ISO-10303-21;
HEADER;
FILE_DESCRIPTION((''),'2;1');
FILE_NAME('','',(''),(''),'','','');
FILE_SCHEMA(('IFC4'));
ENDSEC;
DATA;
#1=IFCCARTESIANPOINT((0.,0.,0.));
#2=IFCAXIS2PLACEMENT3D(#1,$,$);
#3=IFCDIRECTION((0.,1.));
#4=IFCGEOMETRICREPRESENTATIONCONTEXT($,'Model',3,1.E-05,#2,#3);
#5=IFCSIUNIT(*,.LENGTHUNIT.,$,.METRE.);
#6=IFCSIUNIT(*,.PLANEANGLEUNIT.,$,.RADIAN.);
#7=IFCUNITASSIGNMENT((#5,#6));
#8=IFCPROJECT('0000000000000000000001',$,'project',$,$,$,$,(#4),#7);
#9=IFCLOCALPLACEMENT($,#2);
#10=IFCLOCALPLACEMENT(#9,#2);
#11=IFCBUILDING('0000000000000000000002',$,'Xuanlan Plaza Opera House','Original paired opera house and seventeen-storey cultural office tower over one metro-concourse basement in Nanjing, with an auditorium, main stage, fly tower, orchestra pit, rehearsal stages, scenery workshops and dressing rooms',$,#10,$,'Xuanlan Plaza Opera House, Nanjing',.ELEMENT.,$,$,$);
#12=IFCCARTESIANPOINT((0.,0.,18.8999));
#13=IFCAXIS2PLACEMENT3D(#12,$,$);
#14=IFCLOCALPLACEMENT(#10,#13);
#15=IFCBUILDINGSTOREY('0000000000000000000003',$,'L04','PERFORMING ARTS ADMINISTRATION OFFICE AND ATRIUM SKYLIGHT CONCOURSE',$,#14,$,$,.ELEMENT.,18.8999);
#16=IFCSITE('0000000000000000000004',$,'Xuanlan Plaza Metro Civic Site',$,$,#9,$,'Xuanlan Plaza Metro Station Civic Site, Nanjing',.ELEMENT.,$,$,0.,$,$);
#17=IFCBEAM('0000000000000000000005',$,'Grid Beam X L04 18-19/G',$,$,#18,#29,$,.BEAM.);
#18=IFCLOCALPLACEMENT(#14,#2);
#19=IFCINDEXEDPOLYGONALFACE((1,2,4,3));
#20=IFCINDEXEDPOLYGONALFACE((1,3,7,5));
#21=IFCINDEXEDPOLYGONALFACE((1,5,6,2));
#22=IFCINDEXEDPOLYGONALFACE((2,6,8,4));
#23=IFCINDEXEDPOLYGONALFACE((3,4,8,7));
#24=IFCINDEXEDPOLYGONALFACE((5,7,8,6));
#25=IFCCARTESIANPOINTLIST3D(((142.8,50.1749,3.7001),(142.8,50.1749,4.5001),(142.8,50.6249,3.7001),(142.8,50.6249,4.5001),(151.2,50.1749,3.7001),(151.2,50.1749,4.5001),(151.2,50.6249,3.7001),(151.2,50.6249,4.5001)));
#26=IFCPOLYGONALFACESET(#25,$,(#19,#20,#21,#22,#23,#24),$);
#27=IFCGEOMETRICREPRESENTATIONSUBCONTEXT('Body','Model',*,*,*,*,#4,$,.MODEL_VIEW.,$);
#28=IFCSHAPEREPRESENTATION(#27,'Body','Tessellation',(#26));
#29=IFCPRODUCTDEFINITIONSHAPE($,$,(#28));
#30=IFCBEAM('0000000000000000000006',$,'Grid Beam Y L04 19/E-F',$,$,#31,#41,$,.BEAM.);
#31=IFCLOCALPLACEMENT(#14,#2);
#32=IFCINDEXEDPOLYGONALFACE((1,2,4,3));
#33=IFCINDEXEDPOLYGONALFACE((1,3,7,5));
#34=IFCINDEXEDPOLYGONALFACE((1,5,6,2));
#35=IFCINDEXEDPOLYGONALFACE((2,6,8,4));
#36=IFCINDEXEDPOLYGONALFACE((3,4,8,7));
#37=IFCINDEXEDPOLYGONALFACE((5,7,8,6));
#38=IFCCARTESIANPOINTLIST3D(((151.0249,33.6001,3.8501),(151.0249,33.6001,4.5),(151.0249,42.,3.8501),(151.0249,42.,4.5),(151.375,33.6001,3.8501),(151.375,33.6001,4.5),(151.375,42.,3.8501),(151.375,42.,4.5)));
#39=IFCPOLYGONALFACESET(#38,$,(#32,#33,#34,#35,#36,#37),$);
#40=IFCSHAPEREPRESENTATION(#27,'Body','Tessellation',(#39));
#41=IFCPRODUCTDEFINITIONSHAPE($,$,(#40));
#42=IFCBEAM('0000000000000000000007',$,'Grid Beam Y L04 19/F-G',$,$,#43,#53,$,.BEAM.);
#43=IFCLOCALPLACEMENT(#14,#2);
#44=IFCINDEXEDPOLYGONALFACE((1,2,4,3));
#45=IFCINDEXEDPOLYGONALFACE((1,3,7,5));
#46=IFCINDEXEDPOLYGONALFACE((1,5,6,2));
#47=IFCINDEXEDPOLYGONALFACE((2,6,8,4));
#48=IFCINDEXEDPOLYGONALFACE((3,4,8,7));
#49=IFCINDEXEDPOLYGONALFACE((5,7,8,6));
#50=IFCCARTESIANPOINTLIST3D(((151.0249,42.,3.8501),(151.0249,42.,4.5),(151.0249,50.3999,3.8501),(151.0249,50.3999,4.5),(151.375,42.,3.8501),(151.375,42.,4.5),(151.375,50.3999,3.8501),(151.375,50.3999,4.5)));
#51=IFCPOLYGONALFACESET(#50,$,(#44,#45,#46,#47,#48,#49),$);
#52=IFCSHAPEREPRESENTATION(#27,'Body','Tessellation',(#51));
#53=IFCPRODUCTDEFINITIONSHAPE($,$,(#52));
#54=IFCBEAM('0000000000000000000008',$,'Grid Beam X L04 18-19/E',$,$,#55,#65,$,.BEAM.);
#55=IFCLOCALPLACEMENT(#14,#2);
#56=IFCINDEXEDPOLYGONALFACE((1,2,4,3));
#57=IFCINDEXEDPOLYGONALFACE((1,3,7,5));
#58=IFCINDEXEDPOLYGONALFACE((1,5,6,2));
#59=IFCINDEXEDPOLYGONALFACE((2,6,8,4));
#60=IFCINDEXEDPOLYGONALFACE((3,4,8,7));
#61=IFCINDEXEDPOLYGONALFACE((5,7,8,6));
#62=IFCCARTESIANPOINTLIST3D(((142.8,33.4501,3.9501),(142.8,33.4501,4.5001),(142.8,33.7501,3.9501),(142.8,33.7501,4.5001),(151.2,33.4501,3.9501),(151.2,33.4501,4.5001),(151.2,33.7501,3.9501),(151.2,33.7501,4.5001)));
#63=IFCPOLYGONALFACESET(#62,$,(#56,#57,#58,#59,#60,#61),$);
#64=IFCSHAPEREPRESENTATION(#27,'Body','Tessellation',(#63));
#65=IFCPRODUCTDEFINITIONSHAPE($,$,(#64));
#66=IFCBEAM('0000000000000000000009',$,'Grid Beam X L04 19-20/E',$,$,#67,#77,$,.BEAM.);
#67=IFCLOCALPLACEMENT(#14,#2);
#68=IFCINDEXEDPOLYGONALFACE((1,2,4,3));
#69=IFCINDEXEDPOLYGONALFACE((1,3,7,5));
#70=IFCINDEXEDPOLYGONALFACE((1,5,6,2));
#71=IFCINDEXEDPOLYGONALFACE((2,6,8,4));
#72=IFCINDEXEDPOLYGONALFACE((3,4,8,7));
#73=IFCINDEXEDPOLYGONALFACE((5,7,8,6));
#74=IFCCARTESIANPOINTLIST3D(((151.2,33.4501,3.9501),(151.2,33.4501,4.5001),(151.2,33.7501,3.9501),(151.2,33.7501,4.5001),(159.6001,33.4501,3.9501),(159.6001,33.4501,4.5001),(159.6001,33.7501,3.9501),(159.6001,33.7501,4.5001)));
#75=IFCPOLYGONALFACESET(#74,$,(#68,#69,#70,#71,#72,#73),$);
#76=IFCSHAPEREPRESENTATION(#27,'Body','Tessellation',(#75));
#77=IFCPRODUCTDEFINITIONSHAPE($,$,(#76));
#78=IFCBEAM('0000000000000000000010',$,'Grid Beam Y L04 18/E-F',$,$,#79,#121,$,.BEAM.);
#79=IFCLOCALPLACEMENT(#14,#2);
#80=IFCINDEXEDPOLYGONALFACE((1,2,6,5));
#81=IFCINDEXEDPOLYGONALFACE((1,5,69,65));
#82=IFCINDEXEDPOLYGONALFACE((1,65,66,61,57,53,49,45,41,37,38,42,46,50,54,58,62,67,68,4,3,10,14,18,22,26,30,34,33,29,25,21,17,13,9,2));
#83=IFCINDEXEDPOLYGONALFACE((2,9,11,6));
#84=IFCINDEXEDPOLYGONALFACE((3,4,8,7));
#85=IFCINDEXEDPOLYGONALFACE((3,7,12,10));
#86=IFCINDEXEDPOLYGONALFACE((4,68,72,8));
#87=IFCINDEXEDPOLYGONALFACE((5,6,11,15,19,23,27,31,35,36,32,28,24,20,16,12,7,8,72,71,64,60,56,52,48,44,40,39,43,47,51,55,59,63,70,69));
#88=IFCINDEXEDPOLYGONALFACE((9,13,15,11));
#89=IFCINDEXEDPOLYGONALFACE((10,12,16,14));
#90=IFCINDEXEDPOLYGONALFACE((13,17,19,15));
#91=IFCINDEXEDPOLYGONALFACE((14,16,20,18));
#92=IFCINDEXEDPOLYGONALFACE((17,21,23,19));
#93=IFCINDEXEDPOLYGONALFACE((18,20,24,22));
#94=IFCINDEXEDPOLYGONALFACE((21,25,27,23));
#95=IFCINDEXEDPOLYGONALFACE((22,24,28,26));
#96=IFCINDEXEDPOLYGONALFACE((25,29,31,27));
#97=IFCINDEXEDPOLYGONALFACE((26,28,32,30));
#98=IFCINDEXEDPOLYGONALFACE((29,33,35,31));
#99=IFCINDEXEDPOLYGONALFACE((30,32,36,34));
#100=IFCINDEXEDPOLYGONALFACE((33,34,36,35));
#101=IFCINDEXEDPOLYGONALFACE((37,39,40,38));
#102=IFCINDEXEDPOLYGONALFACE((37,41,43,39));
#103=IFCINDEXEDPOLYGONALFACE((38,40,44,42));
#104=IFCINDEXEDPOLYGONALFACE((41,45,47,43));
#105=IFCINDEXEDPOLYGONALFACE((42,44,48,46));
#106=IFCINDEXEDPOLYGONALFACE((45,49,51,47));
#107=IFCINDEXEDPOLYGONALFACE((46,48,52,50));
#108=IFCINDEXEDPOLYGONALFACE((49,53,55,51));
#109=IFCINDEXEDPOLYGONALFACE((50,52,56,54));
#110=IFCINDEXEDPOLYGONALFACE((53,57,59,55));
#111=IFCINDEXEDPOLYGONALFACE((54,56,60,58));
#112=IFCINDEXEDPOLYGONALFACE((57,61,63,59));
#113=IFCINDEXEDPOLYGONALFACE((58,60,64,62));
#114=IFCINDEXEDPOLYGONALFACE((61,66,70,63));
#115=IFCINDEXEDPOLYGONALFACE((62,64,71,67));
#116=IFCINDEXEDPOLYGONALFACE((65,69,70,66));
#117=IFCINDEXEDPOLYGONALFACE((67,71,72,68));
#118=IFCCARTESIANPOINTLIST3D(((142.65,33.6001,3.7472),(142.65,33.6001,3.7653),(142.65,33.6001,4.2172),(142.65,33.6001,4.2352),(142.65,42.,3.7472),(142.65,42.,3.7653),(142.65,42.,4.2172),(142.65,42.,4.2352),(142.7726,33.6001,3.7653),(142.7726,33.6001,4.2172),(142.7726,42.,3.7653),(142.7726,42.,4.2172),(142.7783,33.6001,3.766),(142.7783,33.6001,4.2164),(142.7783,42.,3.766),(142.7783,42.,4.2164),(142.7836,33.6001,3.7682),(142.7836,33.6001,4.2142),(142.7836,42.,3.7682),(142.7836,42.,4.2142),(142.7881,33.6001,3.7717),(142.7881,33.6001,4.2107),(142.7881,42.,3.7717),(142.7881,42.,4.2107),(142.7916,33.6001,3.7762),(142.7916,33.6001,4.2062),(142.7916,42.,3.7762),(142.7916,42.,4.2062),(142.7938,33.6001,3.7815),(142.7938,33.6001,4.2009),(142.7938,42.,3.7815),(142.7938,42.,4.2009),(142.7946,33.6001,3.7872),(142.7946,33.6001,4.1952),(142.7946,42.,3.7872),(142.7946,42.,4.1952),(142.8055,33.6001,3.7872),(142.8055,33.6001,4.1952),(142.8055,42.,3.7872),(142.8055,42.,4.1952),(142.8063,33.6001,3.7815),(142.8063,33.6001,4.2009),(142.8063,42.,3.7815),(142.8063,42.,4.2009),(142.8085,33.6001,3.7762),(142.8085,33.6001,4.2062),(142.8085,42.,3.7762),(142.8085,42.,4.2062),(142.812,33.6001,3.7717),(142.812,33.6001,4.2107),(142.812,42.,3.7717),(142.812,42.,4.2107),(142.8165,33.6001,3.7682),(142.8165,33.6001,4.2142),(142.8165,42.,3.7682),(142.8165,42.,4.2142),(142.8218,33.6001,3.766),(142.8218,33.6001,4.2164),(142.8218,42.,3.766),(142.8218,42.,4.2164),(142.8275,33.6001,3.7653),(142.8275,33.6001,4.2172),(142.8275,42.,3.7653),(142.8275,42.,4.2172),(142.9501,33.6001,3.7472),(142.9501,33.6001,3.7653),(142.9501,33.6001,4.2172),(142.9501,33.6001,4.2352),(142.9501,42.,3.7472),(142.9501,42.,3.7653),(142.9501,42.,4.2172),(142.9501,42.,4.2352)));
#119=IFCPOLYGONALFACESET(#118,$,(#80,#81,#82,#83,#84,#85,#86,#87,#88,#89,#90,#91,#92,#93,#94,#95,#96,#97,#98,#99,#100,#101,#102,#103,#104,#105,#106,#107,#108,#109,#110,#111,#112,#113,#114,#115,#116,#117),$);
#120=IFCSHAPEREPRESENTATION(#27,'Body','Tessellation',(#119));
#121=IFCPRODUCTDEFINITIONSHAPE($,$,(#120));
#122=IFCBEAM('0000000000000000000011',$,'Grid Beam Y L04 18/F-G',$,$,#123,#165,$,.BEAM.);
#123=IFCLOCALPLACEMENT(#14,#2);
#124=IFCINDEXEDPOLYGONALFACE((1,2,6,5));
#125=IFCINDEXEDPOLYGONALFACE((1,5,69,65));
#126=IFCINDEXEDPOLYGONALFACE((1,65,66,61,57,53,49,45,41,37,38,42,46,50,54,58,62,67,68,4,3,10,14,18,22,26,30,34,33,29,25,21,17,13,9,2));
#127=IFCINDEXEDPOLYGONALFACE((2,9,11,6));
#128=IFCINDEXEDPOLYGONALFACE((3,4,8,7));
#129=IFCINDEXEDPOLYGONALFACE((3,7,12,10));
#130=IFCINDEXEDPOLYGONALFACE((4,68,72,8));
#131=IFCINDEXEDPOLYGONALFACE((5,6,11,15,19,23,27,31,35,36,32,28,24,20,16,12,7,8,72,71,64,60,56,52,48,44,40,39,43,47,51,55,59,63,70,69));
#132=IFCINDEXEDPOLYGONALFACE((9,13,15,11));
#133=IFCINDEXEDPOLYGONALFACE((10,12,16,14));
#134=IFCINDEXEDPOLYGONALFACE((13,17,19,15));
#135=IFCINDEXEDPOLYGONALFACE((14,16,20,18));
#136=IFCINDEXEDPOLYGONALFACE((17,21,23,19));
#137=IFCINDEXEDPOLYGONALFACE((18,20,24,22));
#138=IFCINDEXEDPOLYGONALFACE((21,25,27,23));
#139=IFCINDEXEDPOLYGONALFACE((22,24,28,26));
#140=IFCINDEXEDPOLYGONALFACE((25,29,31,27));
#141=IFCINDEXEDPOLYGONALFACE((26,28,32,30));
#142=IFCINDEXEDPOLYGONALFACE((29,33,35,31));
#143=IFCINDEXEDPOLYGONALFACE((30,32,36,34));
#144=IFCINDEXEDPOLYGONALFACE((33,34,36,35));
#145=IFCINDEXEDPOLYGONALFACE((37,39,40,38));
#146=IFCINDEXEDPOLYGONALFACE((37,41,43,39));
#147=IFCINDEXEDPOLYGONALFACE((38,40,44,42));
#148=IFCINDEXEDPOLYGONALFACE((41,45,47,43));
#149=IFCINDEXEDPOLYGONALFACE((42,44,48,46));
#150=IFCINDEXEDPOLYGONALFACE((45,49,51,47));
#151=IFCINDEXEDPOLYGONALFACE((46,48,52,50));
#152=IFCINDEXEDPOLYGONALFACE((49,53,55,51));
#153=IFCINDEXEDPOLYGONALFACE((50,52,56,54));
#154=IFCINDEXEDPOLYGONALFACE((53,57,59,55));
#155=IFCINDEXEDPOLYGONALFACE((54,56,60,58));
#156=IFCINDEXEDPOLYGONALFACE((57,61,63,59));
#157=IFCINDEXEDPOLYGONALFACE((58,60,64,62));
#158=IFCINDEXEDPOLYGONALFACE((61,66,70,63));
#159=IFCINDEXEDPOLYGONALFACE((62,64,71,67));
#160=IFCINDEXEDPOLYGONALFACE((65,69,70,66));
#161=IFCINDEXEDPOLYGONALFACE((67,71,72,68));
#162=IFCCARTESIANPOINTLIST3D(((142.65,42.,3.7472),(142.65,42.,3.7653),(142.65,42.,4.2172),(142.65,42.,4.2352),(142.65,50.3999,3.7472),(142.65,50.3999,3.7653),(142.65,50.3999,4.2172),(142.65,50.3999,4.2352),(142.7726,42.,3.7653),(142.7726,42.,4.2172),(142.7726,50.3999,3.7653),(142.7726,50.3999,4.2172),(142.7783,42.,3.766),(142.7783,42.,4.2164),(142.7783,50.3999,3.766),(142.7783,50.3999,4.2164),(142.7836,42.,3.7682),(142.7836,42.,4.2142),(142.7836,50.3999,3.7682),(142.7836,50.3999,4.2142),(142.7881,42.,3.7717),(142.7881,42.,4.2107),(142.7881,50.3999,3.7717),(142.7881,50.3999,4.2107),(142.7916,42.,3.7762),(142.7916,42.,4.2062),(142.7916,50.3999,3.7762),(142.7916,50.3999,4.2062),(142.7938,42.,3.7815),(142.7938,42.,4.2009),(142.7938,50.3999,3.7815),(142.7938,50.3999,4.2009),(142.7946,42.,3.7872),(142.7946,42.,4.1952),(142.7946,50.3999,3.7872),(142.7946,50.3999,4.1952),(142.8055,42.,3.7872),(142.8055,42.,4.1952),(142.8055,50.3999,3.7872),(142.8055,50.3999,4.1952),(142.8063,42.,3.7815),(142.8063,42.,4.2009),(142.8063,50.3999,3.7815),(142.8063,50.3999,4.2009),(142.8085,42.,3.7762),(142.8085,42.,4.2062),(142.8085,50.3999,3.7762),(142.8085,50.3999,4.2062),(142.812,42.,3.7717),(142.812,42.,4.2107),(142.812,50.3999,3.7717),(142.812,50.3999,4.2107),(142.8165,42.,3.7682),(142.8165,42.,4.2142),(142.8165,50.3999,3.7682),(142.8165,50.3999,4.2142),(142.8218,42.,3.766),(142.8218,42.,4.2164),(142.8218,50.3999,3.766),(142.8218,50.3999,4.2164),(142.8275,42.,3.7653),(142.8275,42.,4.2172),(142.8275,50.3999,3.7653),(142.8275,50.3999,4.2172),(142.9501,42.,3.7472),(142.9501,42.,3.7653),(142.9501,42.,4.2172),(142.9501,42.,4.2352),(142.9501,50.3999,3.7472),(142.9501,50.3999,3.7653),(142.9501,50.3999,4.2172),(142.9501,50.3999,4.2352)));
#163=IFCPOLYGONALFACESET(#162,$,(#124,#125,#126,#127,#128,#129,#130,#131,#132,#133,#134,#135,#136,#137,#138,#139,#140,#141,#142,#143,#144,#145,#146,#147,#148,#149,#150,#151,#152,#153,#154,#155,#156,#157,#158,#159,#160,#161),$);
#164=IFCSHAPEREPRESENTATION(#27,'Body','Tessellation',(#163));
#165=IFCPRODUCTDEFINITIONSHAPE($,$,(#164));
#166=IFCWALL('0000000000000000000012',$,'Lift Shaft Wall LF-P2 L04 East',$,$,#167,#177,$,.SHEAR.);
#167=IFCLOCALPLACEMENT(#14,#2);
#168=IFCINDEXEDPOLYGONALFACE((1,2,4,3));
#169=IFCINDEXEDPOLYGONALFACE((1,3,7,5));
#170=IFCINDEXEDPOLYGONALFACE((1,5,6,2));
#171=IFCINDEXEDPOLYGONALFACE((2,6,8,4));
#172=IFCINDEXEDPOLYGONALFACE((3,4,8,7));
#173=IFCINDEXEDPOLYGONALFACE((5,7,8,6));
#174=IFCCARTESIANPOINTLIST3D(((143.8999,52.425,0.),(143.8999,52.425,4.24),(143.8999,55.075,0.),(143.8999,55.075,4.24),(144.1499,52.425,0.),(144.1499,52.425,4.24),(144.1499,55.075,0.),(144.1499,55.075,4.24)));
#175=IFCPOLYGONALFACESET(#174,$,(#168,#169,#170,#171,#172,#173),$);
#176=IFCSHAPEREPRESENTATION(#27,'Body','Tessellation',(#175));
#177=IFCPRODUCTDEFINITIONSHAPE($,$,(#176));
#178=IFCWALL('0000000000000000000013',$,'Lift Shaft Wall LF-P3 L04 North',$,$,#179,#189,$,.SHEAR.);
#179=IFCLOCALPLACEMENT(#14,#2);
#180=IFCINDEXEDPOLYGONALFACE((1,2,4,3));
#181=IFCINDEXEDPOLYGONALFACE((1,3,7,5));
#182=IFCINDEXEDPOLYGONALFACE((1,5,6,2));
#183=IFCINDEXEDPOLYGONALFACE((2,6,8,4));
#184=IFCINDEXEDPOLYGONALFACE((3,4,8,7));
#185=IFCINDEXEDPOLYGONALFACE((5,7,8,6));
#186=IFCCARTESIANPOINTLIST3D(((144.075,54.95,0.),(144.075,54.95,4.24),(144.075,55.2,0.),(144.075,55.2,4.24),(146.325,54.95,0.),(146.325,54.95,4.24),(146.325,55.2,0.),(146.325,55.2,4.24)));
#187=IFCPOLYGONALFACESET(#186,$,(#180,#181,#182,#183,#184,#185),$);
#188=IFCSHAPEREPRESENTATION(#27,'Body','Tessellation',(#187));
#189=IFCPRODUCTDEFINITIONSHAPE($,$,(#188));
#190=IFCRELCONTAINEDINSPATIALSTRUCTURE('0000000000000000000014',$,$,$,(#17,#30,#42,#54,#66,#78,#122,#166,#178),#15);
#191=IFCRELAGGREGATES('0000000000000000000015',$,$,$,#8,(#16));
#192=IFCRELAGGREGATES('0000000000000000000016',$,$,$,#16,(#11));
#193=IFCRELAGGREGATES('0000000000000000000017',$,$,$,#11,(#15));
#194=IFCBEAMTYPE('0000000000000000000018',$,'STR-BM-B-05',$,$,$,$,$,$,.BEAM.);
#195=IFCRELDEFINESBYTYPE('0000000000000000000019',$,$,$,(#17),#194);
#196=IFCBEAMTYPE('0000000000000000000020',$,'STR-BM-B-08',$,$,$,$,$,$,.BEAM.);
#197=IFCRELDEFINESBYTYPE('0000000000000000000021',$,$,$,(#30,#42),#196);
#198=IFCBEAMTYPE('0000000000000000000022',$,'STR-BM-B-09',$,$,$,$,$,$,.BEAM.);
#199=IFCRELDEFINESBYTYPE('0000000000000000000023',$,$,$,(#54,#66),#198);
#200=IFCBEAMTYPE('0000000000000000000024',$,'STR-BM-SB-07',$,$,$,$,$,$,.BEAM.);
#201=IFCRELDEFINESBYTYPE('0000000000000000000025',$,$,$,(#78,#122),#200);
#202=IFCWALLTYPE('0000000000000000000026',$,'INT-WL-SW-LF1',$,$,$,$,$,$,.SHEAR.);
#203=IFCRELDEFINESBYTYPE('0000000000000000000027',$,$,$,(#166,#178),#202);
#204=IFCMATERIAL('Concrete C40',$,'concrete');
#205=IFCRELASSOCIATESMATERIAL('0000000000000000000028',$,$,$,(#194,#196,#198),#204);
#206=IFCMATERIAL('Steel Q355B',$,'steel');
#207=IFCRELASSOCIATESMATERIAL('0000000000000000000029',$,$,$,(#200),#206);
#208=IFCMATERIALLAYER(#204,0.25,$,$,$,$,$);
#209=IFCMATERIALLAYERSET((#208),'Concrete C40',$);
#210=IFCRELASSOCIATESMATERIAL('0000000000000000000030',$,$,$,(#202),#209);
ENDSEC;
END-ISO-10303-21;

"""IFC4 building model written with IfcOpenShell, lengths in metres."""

from ifc_helpers import new_model, si_unit, direction, frame, frame_2d, origin, origin_2d, place, context, subcontext, project, spatial, rectangle, i_section, extrude, material, layer, layer_set, material_profile, profile_set, type_object, element, save


model = new_model("IFC4")

# Units and contexts
model_context = context("Model", 3, precision=1e-05, world=origin(), true_north=direction((0.0, 1.0)))
body_context = subcontext(model_context, "Body", "Model", "MODEL_VIEW")
ifc_project = project(units=[si_unit("LENGTHUNIT", "METRE"), si_unit("PLANEANGLEUNIT", "RADIAN")], contexts=[model_context])

# Site, building, storey
site_placement = place(None, origin())
site = spatial("IfcSite", under=ifc_project, at=site_placement, Name="Xuanlan Plaza Metro Civic Site", LongName="Xuanlan Plaza Metro Station Civic Site, Nanjing", CompositionType="ELEMENT", RefElevation=0.0)
building_placement = place(site_placement, origin())
building = spatial("IfcBuilding", under=site, at=building_placement, Name="Xuanlan Plaza Opera House", Description="Original paired opera house and seventeen-storey cultural office tower over one metro-concourse basement in Nanjing, with an auditorium, main stage, fly tower, orchestra pit, rehearsal stages, scenery workshops and dressing rooms", LongName="Xuanlan Plaza Opera House, Nanjing", CompositionType="ELEMENT")
storey_placement = place(building_placement, frame((0.0, 0.0, 18.8999)))
storey = spatial("IfcBuildingStorey", under=building, at=storey_placement, Name="L04", Description="PERFORMING ARTS ADMINISTRATION OFFICE AND ATRIUM SKYLIGHT CONCOURSE", CompositionType="ELEMENT", Elevation=18.8999)

# Shared definitions
ifc_material_1 = material(Name="Steel Q355B", Category="steel")

# Beams
ifc_material_2 = material(Name="Concrete C40", Category="concrete")
ifc_material_profile_1 = material_profile(ifc_material_2, rectangle(XDim=0.45, YDim=0.8, at=origin_2d()), Name="RC-BM 450x800")
ifc_profile_set_1 = profile_set([ifc_material_profile_1], Name="Concrete C40")
beam_type_1 = type_object("IfcBeamType", Name="STR-BM-B-05", PredefinedType="BEAM", material=ifc_profile_set_1)
beam_1_placement = place(storey_placement, frame((142.8, 50.3999, 4.1001), z_axis=(1.0, 0.0, 0.0), x_axis=(0.0, 1.0, 0.0)))
element("IfcBeam", 1, at=beam_1_placement, inside=storey, type_object=beam_type_1, Name="Grid Beam X L04 18-19/G", PredefinedType="BEAM", context=body_context, shape_type="SweptSolid", body=[
    extrude(rectangle(XDim=0.45, YDim=0.8, at=origin_2d()), origin(), (0.0, 0.0, 1.0), 8.3999),
])
ifc_material_profile_2 = material_profile(ifc_material_2, rectangle(XDim=0.3501, YDim=0.6499, at=origin_2d()), Name="RC-BM 350x650")
ifc_profile_set_2 = profile_set([ifc_material_profile_2], Name="Concrete C40")
beam_type_2 = type_object("IfcBeamType", Name="STR-BM-B-08", PredefinedType="BEAM", material=ifc_profile_set_2)
for number, where, z_axis, x_axis, name in (
    (2, (151.2, 33.6001, 4.175), (0.0, 1.0, 0.0), (-1.0, 0.0, 0.0), "Grid Beam Y L04 19/E-F"),
    (3, (151.2, 42.0, 4.175), (0.0, 1.0, 0.0), (-1.0, 0.0, 0.0), "Grid Beam Y L04 19/F-G"),
):
    element("IfcBeam", number, at=place(storey_placement, frame(where, z_axis=z_axis, x_axis=x_axis)), inside=storey, type_object=beam_type_2, Name=name, PredefinedType="BEAM", context=body_context, shape_type="SweptSolid", body=[
        extrude(rectangle(XDim=0.3501, YDim=0.6499, at=origin_2d()), origin(), (0.0, 0.0, 1.0), 8.3999),
    ])
ifc_material_profile_3 = material_profile(ifc_material_2, rectangle(XDim=0.3, YDim=0.55, at=origin_2d()), Name="RC-BM 300x550")
ifc_profile_set_3 = profile_set([ifc_material_profile_3], Name="Concrete C40")
beam_type_3 = type_object("IfcBeamType", Name="STR-BM-B-09", PredefinedType="BEAM", material=ifc_profile_set_3)
beam_2_placement = place(storey_placement, frame((142.8, 33.6001, 4.2251), z_axis=(1.0, 0.0, 0.0), x_axis=(0.0, 1.0, 0.0)))
element("IfcBeam", 4, at=beam_2_placement, inside=storey, type_object=beam_type_3, Name="Grid Beam X L04 18-19/E", PredefinedType="BEAM", context=body_context, shape_type="SweptSolid", body=[
    extrude(rectangle(XDim=0.3, YDim=0.55, at=origin_2d()), origin(), (0.0, 0.0, 1.0), 8.3999),
])
beam_3_placement = place(storey_placement, frame((151.2, 33.6001, 4.2251), z_axis=(1.0, 0.0, 0.0), x_axis=(0.0, 1.0, 0.0)))
element("IfcBeam", 5, at=beam_3_placement, inside=storey, type_object=beam_type_3, Name="Grid Beam X L04 19-20/E", PredefinedType="BEAM", context=body_context, shape_type="SweptSolid", body=[
    extrude(rectangle(XDim=0.3, YDim=0.55, at=origin_2d()), origin(), (0.0, 0.0, 1.0), 8.4001),
])
ifc_material_profile_4 = material_profile(ifc_material_1, i_section(OverallWidth=0.3, OverallDepth=0.488, WebThickness=0.011, FlangeThickness=0.0181, FilletRadius=0.022, at=origin_2d()), Name="HM 488x300x11x18")
ifc_profile_set_4 = profile_set([ifc_material_profile_4], Name="Steel Q355B")
beam_type_4 = type_object("IfcBeamType", Name="STR-BM-SB-07", PredefinedType="BEAM", material=ifc_profile_set_4)
for number, where, z_axis, x_axis, name in (
    (6, (142.8, 33.6001, 3.9912), (0.0, 1.0, 0.0), (-1.0, 0.0, 0.0), "Grid Beam Y L04 18/E-F"),
    (7, (142.8, 42.0, 3.9912), (0.0, 1.0, 0.0), (-1.0, 0.0, 0.0), "Grid Beam Y L04 18/F-G"),
):
    element("IfcBeam", number, at=place(storey_placement, frame(where, z_axis=z_axis, x_axis=x_axis)), inside=storey, type_object=beam_type_4, Name=name, PredefinedType="BEAM", context=body_context, shape_type="SweptSolid", body=[
        extrude(i_section(OverallWidth=0.3, OverallDepth=0.488, WebThickness=0.011, FlangeThickness=0.0181, FilletRadius=0.022, at=origin_2d()), origin(), (0.0, 0.0, 1.0), 8.3999),
    ])

# Wall
ifc_layer_1 = layer(ifc_material_2, 0.25)
ifc_layer_set_1 = layer_set([ifc_layer_1], Name="Concrete C40")
wall_type_1 = type_object("IfcWallType", Name="INT-WL-SW-LF1", PredefinedType="SHEAR", material=ifc_layer_set_1)
wall_1_placement = place(storey_placement, frame((144.0249, 52.425, 0.0), z_axis=(0.0, 0.0, 1.0), x_axis=(0.0, 1.0, 0.0)))
element("IfcWall", 8, at=wall_1_placement, inside=storey, type_object=wall_type_1, Name="Lift Shaft Wall LF-P2 L04 East", PredefinedType="SHEAR", context=body_context, shape_type="SweptSolid", body=[
    extrude(rectangle(XDim=2.6499, YDim=0.25, at=frame_2d((1.325, 0.0))), origin(), (0.0, 0.0, 1.0), 4.24),
])

# Wall
wall_2_placement = place(storey_placement, frame((144.075, 55.075, 0.0), z_axis=(0.0, 0.0, 1.0), x_axis=(1.0, 0.0, 0.0)))
element("IfcWall", 9, at=wall_2_placement, inside=storey, type_object=wall_type_1, Name="Lift Shaft Wall LF-P3 L04 North", PredefinedType="SHEAR", context=body_context, shape_type="SweptSolid", body=[
    extrude(rectangle(XDim=2.25, YDim=0.25, at=frame_2d((1.125, 0.0))), origin(), (0.0, 0.0, 1.0), 4.24),
])

save(model, "model.ifc")
